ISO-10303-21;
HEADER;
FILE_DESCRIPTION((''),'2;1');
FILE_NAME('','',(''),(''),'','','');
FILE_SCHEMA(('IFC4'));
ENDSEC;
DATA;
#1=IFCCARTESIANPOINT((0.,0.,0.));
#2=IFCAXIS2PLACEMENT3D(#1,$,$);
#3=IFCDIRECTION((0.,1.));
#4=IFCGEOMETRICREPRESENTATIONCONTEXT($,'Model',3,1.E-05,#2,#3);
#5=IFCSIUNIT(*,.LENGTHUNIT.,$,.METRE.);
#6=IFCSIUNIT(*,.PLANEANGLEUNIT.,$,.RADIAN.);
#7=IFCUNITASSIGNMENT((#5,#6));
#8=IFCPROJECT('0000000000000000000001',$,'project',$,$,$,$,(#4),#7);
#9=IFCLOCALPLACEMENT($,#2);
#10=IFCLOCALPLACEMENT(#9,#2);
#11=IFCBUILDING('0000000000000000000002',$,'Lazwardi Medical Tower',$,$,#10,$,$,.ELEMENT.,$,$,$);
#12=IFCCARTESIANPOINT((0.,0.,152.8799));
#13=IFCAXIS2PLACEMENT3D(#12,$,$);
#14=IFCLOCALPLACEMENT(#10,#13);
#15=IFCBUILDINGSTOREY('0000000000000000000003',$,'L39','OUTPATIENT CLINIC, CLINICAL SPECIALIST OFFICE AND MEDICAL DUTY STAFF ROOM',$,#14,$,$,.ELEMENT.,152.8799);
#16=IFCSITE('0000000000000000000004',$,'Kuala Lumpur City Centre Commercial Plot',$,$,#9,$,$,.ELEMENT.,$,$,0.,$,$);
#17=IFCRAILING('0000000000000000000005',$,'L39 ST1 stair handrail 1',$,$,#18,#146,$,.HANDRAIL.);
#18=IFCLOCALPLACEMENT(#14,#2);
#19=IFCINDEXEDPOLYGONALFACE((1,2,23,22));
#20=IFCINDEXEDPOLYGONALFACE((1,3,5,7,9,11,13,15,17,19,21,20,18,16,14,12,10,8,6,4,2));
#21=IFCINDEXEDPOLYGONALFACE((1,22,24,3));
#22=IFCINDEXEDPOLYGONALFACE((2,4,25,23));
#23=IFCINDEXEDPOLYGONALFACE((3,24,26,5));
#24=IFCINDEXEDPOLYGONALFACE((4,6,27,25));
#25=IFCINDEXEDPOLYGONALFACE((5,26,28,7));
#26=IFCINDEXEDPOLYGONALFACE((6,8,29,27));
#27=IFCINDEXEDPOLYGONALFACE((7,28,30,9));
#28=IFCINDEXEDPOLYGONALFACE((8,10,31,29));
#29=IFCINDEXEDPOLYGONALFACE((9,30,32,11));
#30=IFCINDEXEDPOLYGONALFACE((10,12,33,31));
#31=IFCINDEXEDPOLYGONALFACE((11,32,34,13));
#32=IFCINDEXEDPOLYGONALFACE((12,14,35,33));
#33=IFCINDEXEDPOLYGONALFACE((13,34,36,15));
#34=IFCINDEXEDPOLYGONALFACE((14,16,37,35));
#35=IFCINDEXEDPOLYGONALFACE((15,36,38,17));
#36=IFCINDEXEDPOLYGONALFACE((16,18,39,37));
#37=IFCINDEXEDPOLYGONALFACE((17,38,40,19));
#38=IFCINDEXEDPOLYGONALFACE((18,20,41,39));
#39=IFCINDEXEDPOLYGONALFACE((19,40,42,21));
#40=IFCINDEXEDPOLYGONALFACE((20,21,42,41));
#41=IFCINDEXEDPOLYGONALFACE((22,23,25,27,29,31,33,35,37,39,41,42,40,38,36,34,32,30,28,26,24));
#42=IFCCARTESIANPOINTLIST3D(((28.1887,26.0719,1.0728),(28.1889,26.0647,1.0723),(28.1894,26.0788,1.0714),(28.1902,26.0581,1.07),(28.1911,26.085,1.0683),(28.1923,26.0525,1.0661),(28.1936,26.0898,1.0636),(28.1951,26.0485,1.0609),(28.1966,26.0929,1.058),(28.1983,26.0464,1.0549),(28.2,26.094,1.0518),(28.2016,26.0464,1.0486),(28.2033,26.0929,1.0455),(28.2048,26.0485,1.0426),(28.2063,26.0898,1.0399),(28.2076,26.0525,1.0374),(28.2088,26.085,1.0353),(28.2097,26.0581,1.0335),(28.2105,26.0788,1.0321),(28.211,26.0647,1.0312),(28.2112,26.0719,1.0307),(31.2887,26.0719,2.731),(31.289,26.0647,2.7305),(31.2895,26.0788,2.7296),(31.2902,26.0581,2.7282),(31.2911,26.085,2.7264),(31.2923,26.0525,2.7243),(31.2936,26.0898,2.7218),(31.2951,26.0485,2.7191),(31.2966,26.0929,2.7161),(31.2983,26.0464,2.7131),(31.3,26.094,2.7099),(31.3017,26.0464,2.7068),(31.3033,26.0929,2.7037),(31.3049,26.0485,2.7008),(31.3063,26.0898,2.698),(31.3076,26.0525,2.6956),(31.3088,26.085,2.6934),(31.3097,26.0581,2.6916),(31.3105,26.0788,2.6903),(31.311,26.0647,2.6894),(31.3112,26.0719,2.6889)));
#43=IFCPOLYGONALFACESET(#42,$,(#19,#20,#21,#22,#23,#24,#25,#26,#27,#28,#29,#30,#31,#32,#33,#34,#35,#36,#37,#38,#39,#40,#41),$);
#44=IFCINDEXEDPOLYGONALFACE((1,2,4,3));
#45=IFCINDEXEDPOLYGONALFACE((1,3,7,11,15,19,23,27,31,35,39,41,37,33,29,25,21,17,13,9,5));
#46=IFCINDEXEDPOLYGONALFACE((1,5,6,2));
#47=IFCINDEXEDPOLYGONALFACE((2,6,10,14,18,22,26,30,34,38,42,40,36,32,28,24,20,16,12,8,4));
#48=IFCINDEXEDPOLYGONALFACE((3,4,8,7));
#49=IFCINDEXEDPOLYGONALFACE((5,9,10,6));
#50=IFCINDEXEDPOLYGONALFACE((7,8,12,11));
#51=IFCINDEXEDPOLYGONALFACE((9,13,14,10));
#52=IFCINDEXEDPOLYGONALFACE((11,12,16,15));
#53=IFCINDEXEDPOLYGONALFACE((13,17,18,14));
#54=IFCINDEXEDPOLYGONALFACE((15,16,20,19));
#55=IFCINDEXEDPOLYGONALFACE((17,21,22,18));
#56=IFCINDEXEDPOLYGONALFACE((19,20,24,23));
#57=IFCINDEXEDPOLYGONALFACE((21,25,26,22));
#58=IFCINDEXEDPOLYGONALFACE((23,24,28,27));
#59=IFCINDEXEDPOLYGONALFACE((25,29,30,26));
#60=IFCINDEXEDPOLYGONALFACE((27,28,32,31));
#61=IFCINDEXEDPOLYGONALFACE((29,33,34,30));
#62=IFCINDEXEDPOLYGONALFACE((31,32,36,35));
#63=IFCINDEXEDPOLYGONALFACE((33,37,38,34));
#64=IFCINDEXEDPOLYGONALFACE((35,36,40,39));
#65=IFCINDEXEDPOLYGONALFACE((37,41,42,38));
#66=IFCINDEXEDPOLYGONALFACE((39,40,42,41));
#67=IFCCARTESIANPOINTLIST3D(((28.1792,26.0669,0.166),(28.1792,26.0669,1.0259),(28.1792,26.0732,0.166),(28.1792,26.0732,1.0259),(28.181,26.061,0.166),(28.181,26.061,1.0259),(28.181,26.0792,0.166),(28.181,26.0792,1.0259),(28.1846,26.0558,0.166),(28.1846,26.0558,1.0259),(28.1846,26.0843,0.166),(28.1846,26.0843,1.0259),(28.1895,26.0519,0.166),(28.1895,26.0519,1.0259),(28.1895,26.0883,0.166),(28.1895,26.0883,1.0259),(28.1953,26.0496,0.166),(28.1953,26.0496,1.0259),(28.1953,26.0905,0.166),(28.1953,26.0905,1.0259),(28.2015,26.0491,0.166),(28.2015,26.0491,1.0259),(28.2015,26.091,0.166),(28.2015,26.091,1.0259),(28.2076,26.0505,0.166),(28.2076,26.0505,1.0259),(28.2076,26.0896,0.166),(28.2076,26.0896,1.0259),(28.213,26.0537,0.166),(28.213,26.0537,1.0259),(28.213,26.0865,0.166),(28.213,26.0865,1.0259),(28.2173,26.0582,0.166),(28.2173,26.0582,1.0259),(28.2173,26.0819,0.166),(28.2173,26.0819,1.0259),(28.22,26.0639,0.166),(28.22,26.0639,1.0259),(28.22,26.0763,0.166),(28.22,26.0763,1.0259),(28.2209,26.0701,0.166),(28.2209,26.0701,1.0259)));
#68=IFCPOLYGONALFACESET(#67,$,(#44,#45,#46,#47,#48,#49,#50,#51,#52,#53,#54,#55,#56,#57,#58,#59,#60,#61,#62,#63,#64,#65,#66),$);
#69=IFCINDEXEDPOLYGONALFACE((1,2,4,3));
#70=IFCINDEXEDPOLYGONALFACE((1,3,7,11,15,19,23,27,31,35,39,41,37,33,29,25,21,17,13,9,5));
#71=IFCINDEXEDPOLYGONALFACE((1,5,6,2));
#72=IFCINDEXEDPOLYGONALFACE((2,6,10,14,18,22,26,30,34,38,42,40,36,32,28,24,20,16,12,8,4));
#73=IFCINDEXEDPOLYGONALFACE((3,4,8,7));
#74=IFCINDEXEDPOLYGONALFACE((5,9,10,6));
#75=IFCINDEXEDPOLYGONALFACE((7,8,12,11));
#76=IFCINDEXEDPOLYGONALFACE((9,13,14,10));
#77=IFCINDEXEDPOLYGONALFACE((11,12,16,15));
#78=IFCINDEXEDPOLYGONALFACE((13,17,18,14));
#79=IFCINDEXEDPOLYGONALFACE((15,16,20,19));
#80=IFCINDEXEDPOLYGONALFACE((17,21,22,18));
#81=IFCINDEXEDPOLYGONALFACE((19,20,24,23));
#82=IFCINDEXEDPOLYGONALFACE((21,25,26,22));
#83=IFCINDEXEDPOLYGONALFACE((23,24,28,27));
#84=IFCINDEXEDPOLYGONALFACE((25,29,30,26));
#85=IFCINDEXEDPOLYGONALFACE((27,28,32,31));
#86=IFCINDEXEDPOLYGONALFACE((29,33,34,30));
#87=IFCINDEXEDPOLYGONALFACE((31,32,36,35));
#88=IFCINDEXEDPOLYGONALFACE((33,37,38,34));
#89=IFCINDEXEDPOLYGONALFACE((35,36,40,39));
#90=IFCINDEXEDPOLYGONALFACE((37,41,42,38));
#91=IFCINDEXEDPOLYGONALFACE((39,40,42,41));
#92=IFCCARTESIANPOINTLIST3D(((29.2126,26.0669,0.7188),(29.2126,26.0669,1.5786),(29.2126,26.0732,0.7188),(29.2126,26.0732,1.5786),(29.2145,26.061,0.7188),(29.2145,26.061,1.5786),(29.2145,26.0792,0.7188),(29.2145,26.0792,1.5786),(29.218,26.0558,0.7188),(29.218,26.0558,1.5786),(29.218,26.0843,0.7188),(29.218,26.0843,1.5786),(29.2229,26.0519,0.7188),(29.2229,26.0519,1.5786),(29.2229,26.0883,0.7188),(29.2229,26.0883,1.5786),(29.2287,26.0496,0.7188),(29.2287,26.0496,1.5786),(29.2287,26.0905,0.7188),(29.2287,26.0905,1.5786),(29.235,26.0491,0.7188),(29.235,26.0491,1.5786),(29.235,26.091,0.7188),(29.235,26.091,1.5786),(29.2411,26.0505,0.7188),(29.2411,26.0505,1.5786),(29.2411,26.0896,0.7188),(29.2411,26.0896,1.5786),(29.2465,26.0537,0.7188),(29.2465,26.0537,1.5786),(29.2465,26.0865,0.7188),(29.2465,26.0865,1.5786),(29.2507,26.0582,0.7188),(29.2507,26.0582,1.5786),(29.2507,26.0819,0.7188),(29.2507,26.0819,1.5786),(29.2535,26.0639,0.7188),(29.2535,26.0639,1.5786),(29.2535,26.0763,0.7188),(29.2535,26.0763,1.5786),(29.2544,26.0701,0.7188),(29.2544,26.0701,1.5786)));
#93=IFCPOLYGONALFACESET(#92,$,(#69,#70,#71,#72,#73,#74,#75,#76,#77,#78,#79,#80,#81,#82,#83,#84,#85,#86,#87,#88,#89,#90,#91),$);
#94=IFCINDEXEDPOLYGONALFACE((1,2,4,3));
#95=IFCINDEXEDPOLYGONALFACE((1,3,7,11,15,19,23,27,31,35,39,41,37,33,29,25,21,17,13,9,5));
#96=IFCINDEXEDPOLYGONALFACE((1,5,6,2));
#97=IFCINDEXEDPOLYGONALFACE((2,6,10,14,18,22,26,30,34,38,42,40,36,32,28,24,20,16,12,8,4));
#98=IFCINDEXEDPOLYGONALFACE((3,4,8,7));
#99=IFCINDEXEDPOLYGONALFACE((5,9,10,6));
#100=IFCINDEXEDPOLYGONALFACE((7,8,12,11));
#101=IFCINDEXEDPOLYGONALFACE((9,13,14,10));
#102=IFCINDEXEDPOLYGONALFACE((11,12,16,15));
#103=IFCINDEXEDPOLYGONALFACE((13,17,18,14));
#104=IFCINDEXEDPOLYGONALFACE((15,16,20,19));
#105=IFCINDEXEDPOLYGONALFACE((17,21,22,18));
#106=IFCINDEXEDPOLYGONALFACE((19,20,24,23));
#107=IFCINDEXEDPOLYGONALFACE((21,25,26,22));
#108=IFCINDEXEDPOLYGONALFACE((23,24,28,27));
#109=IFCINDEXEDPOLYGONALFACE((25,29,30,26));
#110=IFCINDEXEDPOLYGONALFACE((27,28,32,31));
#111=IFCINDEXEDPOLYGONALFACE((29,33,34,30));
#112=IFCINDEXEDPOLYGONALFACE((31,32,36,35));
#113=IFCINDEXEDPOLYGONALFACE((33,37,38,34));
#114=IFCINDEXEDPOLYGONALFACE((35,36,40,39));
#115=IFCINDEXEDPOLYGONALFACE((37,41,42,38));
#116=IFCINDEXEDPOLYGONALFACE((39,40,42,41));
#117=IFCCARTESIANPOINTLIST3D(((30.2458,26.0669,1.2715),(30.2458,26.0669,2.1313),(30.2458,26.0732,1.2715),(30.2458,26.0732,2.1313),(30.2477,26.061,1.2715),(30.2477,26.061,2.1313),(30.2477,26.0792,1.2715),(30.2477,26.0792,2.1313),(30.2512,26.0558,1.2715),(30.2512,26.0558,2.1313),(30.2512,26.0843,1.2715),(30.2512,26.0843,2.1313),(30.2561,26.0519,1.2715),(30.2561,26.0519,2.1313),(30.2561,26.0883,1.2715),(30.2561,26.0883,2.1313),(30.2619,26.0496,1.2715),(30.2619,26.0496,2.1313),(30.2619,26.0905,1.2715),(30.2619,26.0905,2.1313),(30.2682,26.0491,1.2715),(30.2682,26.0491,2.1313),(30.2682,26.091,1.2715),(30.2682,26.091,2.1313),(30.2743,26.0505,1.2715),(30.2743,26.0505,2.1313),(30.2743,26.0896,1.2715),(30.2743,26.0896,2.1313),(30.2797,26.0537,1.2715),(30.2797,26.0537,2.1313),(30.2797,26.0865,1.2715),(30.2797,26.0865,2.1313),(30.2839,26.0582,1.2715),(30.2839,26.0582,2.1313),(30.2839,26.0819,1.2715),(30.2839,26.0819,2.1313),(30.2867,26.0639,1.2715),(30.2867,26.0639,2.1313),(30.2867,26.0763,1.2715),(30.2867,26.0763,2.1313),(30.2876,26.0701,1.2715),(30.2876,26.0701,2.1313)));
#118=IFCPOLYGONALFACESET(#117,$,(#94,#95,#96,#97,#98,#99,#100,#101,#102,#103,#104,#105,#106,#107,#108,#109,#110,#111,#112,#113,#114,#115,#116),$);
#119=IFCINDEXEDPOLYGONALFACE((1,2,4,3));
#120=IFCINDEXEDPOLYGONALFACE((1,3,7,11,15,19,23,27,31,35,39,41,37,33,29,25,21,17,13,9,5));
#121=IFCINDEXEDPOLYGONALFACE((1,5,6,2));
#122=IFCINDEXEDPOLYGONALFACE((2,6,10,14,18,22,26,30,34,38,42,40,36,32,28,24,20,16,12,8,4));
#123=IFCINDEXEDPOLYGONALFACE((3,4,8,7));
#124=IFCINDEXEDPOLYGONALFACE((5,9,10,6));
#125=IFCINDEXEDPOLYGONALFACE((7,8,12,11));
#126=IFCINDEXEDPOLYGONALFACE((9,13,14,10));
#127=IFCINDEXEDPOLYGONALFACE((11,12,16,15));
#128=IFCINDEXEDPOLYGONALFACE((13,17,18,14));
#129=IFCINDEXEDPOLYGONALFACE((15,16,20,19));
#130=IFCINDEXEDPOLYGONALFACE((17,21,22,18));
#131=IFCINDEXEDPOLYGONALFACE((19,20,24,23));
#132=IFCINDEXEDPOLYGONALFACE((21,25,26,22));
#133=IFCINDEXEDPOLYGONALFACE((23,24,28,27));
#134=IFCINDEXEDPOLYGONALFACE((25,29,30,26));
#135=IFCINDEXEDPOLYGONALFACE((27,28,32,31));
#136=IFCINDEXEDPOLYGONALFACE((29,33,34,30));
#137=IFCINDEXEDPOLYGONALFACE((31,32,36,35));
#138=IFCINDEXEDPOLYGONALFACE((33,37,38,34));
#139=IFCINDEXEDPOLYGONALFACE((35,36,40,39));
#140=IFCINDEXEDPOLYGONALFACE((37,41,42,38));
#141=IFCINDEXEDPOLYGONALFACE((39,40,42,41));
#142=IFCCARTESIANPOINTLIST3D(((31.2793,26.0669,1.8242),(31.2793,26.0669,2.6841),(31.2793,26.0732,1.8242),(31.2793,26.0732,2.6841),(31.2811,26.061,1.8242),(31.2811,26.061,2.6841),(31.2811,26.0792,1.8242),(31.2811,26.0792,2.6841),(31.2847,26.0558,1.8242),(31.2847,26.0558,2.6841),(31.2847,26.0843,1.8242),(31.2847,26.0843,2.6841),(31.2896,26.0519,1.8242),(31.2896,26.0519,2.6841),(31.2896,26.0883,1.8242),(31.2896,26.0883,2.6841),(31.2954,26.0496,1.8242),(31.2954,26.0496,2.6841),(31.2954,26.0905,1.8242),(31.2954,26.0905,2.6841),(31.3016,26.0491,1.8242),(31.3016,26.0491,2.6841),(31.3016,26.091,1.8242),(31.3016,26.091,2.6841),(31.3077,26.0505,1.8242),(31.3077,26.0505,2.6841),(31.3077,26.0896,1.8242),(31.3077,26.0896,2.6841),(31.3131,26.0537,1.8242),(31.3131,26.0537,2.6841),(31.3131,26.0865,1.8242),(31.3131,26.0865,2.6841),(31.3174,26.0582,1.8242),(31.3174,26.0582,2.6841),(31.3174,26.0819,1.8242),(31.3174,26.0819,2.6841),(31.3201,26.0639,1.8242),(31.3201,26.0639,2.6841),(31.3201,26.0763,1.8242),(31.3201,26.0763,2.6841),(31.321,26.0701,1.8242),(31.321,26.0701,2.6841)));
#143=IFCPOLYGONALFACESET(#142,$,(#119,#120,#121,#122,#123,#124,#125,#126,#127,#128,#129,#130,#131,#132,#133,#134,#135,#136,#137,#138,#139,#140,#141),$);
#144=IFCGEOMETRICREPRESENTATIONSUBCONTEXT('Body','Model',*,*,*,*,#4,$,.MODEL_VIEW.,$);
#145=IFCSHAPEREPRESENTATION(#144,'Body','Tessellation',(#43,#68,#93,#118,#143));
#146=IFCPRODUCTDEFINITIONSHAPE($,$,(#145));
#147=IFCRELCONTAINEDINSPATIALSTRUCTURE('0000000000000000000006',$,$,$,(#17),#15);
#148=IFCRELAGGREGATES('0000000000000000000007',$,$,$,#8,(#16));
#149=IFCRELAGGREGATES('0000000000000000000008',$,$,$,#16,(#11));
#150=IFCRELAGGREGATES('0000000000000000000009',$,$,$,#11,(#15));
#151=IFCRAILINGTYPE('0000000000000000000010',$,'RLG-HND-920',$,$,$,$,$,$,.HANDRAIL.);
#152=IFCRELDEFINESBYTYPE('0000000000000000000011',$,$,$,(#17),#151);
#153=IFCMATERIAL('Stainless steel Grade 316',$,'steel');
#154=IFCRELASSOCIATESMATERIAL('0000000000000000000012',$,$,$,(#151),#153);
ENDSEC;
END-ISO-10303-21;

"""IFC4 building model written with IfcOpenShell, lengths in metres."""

from ifc_helpers import new_model, si_unit, direction, frame, origin, origin_2d, place, context, subcontext, project, spatial, circle, extrude, material, type_object, element, save


model = new_model("IFC4")

# Units and contexts
model_context = context("Model", 3, precision=1e-05, world=origin(), true_north=direction((0.0, 1.0)))
body_context = subcontext(model_context, "Body", "Model", "MODEL_VIEW")
ifc_project = project(units=[si_unit("LENGTHUNIT", "METRE"), si_unit("PLANEANGLEUNIT", "RADIAN")], contexts=[model_context])

# Site, building, storey
site_placement = place(None, origin())
site = spatial("IfcSite", under=ifc_project, at=site_placement, Name="Kuala Lumpur City Centre Commercial Plot", CompositionType="ELEMENT", RefElevation=0.0)
building_placement = place(site_placement, origin())
building = spatial("IfcBuilding", under=site, at=building_placement, Name="Lazwardi Medical Tower", CompositionType="ELEMENT")
storey_placement = place(building_placement, frame((0.0, 0.0, 152.8799)))
storey = spatial("IfcBuildingStorey", under=building, at=storey_placement, Name="L39", Description="OUTPATIENT CLINIC, CLINICAL SPECIALIST OFFICE AND MEDICAL DUTY STAFF ROOM", CompositionType="ELEMENT", Elevation=152.8799)

# Railing
ifc_material_1 = material(Name="Stainless steel Grade 316", Category="steel")
railing_type_1 = type_object("IfcRailingType", Name="RLG-HND-920", PredefinedType="HANDRAIL", material=ifc_material_1)
railing_1_placement = place(storey_placement, frame((28.2, 26.0701, 0.166)))
element("IfcRailing", 1, at=railing_1_placement, inside=storey, type_object=railing_type_1, Name="L39 ST1 stair handrail 1", PredefinedType="HANDRAIL", context=body_context, shape_type="SweptSolid", body=[
    extrude(circle(Radius=0.0239, at=origin_2d()), frame((0.0, 0.0, 0.8857), z_axis=(0.881783, 0.0, 0.471655), x_axis=(0.0, 1.0, 0.0)), (0.0, 0.0, 1.0), 3.5156),
    extrude(circle(Radius=0.021, at=origin_2d()), origin(), (0.0, 0.0, 1.0), 0.8599),
    extrude(circle(Radius=0.021, at=origin_2d()), frame((1.0334, 0.0, 0.5527)), (0.0, 0.0, 1.0), 0.8599),
    extrude(circle(Radius=0.021, at=origin_2d()), frame((2.0667, 0.0, 1.1055)), (0.0, 0.0, 1.0), 0.8599),
    extrude(circle(Radius=0.021, at=origin_2d()), frame((3.1001, 0.0, 1.6582)), (0.0, 0.0, 1.0), 0.8599),
])

save(model, "model.ifc")
